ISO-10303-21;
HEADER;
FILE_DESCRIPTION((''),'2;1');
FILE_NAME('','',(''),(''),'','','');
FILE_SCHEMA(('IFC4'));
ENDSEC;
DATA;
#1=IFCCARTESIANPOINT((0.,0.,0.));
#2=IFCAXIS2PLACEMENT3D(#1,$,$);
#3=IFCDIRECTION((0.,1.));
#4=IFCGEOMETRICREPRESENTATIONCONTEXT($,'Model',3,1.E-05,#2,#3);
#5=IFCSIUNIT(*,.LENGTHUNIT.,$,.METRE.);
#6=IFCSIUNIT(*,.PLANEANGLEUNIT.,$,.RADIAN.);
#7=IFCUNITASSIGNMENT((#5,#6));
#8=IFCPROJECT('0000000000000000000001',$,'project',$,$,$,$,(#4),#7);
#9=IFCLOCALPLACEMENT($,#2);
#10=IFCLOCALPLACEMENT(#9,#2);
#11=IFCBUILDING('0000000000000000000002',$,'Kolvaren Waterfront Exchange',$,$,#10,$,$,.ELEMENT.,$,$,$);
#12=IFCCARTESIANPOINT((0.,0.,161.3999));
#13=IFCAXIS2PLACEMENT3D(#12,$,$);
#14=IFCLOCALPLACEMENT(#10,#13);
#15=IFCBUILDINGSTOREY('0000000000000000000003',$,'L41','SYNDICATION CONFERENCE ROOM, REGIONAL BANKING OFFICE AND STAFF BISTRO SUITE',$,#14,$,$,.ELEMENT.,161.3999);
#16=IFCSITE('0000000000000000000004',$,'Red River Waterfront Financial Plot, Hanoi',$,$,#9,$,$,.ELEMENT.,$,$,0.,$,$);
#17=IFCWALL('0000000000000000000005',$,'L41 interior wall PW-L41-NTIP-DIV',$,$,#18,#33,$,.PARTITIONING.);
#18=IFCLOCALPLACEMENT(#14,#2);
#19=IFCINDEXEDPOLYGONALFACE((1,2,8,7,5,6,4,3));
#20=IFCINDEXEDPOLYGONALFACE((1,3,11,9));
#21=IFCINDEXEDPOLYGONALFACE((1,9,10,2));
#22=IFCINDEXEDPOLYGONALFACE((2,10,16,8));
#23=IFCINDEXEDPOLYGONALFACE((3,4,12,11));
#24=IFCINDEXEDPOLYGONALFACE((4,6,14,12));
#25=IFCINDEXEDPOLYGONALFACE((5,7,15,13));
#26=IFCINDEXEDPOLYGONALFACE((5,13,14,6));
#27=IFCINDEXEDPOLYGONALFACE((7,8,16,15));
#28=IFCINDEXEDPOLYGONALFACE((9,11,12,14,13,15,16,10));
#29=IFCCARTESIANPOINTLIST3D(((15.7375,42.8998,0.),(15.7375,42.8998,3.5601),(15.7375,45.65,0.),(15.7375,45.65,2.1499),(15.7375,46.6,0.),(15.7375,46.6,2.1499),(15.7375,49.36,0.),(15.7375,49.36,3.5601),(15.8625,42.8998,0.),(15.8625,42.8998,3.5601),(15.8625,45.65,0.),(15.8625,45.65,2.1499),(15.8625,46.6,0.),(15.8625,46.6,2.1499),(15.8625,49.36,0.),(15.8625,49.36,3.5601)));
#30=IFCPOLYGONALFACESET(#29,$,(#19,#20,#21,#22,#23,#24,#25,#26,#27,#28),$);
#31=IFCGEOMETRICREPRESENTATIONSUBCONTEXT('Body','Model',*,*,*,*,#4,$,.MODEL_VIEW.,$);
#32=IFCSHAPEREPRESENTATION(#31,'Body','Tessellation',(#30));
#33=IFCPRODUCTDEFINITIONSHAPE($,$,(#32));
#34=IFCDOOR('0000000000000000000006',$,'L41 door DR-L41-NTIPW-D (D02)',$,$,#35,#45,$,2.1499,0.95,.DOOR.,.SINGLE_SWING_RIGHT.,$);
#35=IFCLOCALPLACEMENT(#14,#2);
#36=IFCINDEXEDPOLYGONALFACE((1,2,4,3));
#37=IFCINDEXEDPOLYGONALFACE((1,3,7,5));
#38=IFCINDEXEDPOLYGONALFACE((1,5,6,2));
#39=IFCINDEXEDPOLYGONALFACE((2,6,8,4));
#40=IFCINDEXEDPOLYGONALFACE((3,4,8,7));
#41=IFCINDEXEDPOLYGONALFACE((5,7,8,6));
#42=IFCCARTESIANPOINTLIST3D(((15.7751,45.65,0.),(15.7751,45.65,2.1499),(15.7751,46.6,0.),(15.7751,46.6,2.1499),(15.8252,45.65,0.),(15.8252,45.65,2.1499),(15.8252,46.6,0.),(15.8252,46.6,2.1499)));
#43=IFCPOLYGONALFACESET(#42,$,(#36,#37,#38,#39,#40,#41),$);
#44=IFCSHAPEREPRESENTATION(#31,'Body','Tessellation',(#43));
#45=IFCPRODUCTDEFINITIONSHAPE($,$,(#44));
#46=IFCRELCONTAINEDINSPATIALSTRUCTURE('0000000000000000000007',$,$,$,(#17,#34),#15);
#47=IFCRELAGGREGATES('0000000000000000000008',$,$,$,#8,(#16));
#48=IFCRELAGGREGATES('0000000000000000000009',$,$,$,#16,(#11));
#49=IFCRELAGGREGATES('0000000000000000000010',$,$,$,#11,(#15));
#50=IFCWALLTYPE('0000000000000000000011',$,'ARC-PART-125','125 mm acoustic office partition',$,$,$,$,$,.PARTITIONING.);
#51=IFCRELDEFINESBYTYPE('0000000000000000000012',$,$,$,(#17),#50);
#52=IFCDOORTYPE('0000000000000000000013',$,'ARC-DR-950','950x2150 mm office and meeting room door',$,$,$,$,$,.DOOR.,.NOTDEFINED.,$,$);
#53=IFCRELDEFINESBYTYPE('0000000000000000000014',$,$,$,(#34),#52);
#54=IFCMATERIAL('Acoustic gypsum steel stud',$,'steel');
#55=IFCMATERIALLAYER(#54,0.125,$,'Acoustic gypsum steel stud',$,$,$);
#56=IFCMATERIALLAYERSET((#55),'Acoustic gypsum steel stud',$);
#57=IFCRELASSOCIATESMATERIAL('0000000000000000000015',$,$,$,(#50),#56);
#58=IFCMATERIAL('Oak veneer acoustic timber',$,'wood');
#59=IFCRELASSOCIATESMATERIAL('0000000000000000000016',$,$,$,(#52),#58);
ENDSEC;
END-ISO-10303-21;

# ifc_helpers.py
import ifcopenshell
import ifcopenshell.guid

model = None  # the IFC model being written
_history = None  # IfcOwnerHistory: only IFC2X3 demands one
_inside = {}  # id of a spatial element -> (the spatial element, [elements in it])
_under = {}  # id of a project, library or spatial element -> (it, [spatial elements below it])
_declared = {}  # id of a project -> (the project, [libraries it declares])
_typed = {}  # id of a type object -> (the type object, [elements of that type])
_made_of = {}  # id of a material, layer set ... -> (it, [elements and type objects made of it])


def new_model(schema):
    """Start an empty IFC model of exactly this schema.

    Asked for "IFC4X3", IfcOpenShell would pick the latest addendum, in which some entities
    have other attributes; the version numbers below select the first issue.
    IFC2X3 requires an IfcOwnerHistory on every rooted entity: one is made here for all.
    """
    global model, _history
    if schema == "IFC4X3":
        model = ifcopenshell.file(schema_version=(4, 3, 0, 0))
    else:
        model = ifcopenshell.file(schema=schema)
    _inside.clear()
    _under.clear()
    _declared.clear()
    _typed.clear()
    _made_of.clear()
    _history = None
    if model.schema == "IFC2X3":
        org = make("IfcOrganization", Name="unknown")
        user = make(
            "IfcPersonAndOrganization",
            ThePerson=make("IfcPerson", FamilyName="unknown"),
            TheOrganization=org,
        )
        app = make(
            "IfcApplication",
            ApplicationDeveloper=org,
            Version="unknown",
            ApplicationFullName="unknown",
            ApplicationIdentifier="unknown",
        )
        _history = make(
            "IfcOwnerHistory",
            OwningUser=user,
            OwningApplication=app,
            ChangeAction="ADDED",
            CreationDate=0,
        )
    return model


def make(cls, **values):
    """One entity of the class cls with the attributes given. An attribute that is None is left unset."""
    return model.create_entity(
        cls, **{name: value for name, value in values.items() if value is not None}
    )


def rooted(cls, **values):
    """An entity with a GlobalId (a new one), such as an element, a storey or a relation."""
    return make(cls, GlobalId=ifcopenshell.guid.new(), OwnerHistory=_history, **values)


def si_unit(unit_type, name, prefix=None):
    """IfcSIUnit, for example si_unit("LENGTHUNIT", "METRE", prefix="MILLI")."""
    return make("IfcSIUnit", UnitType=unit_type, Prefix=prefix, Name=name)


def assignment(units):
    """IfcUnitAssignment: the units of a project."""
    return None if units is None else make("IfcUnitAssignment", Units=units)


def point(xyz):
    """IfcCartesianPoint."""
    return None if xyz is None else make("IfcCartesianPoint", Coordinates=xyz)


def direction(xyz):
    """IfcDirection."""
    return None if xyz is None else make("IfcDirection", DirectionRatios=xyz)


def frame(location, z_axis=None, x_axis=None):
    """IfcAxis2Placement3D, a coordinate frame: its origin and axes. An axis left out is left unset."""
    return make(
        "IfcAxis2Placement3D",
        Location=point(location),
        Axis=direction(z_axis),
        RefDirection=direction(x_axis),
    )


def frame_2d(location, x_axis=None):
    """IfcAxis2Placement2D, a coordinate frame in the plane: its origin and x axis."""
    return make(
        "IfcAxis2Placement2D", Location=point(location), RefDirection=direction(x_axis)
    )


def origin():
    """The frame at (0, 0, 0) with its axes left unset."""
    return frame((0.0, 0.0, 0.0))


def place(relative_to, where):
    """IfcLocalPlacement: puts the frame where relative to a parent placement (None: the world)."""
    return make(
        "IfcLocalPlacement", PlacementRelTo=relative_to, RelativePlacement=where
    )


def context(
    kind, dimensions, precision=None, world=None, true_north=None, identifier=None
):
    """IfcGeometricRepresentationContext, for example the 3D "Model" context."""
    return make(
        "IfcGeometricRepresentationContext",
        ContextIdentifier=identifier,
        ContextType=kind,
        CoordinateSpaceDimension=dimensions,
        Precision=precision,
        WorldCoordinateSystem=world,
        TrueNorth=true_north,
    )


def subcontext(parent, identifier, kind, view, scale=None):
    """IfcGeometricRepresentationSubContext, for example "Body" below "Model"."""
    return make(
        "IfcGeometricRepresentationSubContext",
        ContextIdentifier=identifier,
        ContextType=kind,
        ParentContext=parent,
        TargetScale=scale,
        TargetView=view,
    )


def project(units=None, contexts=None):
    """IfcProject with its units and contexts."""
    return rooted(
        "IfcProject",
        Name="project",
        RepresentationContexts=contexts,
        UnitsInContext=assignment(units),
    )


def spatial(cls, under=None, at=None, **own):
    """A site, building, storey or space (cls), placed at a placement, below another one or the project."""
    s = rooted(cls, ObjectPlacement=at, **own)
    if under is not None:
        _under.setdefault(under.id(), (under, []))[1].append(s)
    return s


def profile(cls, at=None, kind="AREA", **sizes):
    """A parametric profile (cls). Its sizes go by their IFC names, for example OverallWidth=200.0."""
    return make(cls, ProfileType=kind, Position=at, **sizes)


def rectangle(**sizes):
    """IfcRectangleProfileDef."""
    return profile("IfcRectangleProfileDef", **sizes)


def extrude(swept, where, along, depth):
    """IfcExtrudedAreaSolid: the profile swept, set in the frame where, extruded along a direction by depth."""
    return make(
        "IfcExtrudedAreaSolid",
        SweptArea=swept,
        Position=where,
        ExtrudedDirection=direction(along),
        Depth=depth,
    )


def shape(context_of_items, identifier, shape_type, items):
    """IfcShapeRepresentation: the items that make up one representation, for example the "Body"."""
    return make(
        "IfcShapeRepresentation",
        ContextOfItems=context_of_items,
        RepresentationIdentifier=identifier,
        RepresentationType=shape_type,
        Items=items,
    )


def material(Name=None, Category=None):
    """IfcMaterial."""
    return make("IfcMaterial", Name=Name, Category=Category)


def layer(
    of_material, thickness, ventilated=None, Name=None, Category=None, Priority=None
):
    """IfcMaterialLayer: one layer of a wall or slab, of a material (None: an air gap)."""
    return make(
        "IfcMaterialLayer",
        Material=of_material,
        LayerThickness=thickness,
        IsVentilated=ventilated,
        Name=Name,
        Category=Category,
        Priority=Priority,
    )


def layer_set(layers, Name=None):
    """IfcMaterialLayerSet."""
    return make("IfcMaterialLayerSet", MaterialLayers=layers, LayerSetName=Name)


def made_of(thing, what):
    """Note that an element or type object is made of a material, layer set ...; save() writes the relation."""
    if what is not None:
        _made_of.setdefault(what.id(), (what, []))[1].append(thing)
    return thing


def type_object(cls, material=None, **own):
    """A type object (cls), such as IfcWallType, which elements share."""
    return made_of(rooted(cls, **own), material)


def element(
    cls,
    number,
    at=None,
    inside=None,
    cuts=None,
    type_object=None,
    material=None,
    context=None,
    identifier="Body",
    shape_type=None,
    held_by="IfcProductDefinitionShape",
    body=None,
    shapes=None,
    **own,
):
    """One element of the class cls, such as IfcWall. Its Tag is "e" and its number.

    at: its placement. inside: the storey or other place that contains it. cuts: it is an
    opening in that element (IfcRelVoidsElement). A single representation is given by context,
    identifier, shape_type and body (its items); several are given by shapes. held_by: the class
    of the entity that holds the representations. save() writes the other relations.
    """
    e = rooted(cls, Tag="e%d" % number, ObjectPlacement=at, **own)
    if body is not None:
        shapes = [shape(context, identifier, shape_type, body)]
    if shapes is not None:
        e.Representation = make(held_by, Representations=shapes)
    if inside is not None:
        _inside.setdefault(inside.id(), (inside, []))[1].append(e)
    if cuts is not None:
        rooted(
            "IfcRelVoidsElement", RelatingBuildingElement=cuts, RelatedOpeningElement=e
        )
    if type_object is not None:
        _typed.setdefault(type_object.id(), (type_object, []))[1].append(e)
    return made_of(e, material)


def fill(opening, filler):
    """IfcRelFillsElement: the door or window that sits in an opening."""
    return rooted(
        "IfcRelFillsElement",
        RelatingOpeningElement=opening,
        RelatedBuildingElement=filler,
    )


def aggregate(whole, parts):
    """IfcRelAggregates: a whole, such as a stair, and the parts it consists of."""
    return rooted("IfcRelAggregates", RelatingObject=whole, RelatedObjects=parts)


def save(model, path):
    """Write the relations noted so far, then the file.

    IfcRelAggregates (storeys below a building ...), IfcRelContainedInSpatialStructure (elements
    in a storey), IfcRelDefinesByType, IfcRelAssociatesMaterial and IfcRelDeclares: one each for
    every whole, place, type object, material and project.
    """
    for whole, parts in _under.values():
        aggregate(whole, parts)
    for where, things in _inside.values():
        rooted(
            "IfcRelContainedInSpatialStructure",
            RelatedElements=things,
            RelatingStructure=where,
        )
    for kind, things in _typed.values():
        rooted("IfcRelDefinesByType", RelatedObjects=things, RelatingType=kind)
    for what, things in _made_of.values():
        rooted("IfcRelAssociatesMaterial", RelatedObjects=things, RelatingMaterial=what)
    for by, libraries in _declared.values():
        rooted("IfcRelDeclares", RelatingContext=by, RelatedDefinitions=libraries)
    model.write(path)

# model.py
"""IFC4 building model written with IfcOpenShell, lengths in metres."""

from ifc_helpers import new_model, si_unit, direction, frame, frame_2d, origin, place, context, subcontext, project, spatial, rectangle, extrude, material, layer, layer_set, type_object, element, fill, save


model = new_model("IFC4")

# Units and contexts
model_context = context("Model", 3, precision=1e-05, world=origin(), true_north=direction((0.0, 1.0)))
body_context = subcontext(model_context, "Body", "Model", "MODEL_VIEW")
ifc_project = project(units=[si_unit("LENGTHUNIT", "METRE"), si_unit("PLANEANGLEUNIT", "RADIAN")], contexts=[model_context])

# Site, building, storey
site_placement = place(None, origin())
site = spatial("IfcSite", under=ifc_project, at=site_placement, Name="Red River Waterfront Financial Plot, Hanoi", CompositionType="ELEMENT", RefElevation=0.0)
building_placement = place(site_placement, origin())
building = spatial("IfcBuilding", under=site, at=building_placement, Name="Kolvaren Waterfront Exchange", CompositionType="ELEMENT")
storey_placement = place(building_placement, frame((0.0, 0.0, 161.3999)))
storey = spatial("IfcBuildingStorey", under=building, at=storey_placement, Name="L41", Description="SYNDICATION CONFERENCE ROOM, REGIONAL BANKING OFFICE AND STAFF BISTRO SUITE", CompositionType="ELEMENT", Elevation=161.3999)

# Wall, opening, door
ifc_material_1 = material(Name="Acoustic gypsum steel stud", Category="steel")
ifc_layer_1 = layer(ifc_material_1, 0.125, Name="Acoustic gypsum steel stud")
ifc_layer_set_1 = layer_set([ifc_layer_1], Name="Acoustic gypsum steel stud")
wall_type_1 = type_object("IfcWallType", Name="ARC-PART-125", Description="125 mm acoustic office partition", PredefinedType="PARTITIONING", material=ifc_layer_set_1)
wall_1_placement = place(storey_placement, frame((15.8, 42.8999, 0.0), z_axis=(0.0, 0.0, 1.0), x_axis=(0.0, 1.0, 0.0)))
wall_1 = element("IfcWall", 1, at=wall_1_placement, inside=storey, type_object=wall_type_1, Name="L41 interior wall PW-L41-NTIP-DIV", PredefinedType="PARTITIONING", context=body_context, shape_type="SweptSolid", body=[
    extrude(rectangle(XDim=6.4602, YDim=0.125, at=frame_2d((3.23, 0.0))), origin(), (0.0, 0.0, 1.0), 3.5601),
])
opening_1_placement = place(wall_1_placement, frame((2.75, 0.0, 0.0)))
opening_1 = element("IfcOpeningElement", 2, at=opening_1_placement, cuts=wall_1, PredefinedType="OPENING", context=body_context, shape_type="SweptSolid", body=[
    extrude(rectangle(XDim=0.95, YDim=2.1499, at=frame_2d((0.4751, 1.075))), frame((0.0, 0.0725, 0.0), z_axis=(0.0, -1.0, 0.0), x_axis=(1.0, 0.0, 0.0)), (0.0, 0.0, 1.0), 0.145),
])
ifc_material_2 = material(Name="Oak veneer acoustic timber", Category="wood")
door_type_1 = type_object("IfcDoorType", Name="ARC-DR-950", Description="950x2150 mm office and meeting room door", OperationType="NOTDEFINED", PredefinedType="DOOR", material=ifc_material_2)
door_1_placement = place(opening_1_placement, origin())
door_1 = element("IfcDoor", 3, at=door_1_placement, inside=storey, type_object=door_type_1, Name="L41 door DR-L41-NTIPW-D (D02)", OperationType="SINGLE_SWING_RIGHT", OverallHeight=2.1499, OverallWidth=0.95, PredefinedType="DOOR", context=body_context, shape_type="SweptSolid", body=[
    extrude(rectangle(XDim=0.95, YDim=2.1499, at=frame_2d((0.4751, 1.075))), frame((0.0, 0.0249, 0.0), z_axis=(0.0, -1.0, 0.0), x_axis=(1.0, 0.0, 0.0)), (0.0, 0.0, 1.0), 0.05),
])
fill(opening_1, door_1)

save(model, "model.ifc")
